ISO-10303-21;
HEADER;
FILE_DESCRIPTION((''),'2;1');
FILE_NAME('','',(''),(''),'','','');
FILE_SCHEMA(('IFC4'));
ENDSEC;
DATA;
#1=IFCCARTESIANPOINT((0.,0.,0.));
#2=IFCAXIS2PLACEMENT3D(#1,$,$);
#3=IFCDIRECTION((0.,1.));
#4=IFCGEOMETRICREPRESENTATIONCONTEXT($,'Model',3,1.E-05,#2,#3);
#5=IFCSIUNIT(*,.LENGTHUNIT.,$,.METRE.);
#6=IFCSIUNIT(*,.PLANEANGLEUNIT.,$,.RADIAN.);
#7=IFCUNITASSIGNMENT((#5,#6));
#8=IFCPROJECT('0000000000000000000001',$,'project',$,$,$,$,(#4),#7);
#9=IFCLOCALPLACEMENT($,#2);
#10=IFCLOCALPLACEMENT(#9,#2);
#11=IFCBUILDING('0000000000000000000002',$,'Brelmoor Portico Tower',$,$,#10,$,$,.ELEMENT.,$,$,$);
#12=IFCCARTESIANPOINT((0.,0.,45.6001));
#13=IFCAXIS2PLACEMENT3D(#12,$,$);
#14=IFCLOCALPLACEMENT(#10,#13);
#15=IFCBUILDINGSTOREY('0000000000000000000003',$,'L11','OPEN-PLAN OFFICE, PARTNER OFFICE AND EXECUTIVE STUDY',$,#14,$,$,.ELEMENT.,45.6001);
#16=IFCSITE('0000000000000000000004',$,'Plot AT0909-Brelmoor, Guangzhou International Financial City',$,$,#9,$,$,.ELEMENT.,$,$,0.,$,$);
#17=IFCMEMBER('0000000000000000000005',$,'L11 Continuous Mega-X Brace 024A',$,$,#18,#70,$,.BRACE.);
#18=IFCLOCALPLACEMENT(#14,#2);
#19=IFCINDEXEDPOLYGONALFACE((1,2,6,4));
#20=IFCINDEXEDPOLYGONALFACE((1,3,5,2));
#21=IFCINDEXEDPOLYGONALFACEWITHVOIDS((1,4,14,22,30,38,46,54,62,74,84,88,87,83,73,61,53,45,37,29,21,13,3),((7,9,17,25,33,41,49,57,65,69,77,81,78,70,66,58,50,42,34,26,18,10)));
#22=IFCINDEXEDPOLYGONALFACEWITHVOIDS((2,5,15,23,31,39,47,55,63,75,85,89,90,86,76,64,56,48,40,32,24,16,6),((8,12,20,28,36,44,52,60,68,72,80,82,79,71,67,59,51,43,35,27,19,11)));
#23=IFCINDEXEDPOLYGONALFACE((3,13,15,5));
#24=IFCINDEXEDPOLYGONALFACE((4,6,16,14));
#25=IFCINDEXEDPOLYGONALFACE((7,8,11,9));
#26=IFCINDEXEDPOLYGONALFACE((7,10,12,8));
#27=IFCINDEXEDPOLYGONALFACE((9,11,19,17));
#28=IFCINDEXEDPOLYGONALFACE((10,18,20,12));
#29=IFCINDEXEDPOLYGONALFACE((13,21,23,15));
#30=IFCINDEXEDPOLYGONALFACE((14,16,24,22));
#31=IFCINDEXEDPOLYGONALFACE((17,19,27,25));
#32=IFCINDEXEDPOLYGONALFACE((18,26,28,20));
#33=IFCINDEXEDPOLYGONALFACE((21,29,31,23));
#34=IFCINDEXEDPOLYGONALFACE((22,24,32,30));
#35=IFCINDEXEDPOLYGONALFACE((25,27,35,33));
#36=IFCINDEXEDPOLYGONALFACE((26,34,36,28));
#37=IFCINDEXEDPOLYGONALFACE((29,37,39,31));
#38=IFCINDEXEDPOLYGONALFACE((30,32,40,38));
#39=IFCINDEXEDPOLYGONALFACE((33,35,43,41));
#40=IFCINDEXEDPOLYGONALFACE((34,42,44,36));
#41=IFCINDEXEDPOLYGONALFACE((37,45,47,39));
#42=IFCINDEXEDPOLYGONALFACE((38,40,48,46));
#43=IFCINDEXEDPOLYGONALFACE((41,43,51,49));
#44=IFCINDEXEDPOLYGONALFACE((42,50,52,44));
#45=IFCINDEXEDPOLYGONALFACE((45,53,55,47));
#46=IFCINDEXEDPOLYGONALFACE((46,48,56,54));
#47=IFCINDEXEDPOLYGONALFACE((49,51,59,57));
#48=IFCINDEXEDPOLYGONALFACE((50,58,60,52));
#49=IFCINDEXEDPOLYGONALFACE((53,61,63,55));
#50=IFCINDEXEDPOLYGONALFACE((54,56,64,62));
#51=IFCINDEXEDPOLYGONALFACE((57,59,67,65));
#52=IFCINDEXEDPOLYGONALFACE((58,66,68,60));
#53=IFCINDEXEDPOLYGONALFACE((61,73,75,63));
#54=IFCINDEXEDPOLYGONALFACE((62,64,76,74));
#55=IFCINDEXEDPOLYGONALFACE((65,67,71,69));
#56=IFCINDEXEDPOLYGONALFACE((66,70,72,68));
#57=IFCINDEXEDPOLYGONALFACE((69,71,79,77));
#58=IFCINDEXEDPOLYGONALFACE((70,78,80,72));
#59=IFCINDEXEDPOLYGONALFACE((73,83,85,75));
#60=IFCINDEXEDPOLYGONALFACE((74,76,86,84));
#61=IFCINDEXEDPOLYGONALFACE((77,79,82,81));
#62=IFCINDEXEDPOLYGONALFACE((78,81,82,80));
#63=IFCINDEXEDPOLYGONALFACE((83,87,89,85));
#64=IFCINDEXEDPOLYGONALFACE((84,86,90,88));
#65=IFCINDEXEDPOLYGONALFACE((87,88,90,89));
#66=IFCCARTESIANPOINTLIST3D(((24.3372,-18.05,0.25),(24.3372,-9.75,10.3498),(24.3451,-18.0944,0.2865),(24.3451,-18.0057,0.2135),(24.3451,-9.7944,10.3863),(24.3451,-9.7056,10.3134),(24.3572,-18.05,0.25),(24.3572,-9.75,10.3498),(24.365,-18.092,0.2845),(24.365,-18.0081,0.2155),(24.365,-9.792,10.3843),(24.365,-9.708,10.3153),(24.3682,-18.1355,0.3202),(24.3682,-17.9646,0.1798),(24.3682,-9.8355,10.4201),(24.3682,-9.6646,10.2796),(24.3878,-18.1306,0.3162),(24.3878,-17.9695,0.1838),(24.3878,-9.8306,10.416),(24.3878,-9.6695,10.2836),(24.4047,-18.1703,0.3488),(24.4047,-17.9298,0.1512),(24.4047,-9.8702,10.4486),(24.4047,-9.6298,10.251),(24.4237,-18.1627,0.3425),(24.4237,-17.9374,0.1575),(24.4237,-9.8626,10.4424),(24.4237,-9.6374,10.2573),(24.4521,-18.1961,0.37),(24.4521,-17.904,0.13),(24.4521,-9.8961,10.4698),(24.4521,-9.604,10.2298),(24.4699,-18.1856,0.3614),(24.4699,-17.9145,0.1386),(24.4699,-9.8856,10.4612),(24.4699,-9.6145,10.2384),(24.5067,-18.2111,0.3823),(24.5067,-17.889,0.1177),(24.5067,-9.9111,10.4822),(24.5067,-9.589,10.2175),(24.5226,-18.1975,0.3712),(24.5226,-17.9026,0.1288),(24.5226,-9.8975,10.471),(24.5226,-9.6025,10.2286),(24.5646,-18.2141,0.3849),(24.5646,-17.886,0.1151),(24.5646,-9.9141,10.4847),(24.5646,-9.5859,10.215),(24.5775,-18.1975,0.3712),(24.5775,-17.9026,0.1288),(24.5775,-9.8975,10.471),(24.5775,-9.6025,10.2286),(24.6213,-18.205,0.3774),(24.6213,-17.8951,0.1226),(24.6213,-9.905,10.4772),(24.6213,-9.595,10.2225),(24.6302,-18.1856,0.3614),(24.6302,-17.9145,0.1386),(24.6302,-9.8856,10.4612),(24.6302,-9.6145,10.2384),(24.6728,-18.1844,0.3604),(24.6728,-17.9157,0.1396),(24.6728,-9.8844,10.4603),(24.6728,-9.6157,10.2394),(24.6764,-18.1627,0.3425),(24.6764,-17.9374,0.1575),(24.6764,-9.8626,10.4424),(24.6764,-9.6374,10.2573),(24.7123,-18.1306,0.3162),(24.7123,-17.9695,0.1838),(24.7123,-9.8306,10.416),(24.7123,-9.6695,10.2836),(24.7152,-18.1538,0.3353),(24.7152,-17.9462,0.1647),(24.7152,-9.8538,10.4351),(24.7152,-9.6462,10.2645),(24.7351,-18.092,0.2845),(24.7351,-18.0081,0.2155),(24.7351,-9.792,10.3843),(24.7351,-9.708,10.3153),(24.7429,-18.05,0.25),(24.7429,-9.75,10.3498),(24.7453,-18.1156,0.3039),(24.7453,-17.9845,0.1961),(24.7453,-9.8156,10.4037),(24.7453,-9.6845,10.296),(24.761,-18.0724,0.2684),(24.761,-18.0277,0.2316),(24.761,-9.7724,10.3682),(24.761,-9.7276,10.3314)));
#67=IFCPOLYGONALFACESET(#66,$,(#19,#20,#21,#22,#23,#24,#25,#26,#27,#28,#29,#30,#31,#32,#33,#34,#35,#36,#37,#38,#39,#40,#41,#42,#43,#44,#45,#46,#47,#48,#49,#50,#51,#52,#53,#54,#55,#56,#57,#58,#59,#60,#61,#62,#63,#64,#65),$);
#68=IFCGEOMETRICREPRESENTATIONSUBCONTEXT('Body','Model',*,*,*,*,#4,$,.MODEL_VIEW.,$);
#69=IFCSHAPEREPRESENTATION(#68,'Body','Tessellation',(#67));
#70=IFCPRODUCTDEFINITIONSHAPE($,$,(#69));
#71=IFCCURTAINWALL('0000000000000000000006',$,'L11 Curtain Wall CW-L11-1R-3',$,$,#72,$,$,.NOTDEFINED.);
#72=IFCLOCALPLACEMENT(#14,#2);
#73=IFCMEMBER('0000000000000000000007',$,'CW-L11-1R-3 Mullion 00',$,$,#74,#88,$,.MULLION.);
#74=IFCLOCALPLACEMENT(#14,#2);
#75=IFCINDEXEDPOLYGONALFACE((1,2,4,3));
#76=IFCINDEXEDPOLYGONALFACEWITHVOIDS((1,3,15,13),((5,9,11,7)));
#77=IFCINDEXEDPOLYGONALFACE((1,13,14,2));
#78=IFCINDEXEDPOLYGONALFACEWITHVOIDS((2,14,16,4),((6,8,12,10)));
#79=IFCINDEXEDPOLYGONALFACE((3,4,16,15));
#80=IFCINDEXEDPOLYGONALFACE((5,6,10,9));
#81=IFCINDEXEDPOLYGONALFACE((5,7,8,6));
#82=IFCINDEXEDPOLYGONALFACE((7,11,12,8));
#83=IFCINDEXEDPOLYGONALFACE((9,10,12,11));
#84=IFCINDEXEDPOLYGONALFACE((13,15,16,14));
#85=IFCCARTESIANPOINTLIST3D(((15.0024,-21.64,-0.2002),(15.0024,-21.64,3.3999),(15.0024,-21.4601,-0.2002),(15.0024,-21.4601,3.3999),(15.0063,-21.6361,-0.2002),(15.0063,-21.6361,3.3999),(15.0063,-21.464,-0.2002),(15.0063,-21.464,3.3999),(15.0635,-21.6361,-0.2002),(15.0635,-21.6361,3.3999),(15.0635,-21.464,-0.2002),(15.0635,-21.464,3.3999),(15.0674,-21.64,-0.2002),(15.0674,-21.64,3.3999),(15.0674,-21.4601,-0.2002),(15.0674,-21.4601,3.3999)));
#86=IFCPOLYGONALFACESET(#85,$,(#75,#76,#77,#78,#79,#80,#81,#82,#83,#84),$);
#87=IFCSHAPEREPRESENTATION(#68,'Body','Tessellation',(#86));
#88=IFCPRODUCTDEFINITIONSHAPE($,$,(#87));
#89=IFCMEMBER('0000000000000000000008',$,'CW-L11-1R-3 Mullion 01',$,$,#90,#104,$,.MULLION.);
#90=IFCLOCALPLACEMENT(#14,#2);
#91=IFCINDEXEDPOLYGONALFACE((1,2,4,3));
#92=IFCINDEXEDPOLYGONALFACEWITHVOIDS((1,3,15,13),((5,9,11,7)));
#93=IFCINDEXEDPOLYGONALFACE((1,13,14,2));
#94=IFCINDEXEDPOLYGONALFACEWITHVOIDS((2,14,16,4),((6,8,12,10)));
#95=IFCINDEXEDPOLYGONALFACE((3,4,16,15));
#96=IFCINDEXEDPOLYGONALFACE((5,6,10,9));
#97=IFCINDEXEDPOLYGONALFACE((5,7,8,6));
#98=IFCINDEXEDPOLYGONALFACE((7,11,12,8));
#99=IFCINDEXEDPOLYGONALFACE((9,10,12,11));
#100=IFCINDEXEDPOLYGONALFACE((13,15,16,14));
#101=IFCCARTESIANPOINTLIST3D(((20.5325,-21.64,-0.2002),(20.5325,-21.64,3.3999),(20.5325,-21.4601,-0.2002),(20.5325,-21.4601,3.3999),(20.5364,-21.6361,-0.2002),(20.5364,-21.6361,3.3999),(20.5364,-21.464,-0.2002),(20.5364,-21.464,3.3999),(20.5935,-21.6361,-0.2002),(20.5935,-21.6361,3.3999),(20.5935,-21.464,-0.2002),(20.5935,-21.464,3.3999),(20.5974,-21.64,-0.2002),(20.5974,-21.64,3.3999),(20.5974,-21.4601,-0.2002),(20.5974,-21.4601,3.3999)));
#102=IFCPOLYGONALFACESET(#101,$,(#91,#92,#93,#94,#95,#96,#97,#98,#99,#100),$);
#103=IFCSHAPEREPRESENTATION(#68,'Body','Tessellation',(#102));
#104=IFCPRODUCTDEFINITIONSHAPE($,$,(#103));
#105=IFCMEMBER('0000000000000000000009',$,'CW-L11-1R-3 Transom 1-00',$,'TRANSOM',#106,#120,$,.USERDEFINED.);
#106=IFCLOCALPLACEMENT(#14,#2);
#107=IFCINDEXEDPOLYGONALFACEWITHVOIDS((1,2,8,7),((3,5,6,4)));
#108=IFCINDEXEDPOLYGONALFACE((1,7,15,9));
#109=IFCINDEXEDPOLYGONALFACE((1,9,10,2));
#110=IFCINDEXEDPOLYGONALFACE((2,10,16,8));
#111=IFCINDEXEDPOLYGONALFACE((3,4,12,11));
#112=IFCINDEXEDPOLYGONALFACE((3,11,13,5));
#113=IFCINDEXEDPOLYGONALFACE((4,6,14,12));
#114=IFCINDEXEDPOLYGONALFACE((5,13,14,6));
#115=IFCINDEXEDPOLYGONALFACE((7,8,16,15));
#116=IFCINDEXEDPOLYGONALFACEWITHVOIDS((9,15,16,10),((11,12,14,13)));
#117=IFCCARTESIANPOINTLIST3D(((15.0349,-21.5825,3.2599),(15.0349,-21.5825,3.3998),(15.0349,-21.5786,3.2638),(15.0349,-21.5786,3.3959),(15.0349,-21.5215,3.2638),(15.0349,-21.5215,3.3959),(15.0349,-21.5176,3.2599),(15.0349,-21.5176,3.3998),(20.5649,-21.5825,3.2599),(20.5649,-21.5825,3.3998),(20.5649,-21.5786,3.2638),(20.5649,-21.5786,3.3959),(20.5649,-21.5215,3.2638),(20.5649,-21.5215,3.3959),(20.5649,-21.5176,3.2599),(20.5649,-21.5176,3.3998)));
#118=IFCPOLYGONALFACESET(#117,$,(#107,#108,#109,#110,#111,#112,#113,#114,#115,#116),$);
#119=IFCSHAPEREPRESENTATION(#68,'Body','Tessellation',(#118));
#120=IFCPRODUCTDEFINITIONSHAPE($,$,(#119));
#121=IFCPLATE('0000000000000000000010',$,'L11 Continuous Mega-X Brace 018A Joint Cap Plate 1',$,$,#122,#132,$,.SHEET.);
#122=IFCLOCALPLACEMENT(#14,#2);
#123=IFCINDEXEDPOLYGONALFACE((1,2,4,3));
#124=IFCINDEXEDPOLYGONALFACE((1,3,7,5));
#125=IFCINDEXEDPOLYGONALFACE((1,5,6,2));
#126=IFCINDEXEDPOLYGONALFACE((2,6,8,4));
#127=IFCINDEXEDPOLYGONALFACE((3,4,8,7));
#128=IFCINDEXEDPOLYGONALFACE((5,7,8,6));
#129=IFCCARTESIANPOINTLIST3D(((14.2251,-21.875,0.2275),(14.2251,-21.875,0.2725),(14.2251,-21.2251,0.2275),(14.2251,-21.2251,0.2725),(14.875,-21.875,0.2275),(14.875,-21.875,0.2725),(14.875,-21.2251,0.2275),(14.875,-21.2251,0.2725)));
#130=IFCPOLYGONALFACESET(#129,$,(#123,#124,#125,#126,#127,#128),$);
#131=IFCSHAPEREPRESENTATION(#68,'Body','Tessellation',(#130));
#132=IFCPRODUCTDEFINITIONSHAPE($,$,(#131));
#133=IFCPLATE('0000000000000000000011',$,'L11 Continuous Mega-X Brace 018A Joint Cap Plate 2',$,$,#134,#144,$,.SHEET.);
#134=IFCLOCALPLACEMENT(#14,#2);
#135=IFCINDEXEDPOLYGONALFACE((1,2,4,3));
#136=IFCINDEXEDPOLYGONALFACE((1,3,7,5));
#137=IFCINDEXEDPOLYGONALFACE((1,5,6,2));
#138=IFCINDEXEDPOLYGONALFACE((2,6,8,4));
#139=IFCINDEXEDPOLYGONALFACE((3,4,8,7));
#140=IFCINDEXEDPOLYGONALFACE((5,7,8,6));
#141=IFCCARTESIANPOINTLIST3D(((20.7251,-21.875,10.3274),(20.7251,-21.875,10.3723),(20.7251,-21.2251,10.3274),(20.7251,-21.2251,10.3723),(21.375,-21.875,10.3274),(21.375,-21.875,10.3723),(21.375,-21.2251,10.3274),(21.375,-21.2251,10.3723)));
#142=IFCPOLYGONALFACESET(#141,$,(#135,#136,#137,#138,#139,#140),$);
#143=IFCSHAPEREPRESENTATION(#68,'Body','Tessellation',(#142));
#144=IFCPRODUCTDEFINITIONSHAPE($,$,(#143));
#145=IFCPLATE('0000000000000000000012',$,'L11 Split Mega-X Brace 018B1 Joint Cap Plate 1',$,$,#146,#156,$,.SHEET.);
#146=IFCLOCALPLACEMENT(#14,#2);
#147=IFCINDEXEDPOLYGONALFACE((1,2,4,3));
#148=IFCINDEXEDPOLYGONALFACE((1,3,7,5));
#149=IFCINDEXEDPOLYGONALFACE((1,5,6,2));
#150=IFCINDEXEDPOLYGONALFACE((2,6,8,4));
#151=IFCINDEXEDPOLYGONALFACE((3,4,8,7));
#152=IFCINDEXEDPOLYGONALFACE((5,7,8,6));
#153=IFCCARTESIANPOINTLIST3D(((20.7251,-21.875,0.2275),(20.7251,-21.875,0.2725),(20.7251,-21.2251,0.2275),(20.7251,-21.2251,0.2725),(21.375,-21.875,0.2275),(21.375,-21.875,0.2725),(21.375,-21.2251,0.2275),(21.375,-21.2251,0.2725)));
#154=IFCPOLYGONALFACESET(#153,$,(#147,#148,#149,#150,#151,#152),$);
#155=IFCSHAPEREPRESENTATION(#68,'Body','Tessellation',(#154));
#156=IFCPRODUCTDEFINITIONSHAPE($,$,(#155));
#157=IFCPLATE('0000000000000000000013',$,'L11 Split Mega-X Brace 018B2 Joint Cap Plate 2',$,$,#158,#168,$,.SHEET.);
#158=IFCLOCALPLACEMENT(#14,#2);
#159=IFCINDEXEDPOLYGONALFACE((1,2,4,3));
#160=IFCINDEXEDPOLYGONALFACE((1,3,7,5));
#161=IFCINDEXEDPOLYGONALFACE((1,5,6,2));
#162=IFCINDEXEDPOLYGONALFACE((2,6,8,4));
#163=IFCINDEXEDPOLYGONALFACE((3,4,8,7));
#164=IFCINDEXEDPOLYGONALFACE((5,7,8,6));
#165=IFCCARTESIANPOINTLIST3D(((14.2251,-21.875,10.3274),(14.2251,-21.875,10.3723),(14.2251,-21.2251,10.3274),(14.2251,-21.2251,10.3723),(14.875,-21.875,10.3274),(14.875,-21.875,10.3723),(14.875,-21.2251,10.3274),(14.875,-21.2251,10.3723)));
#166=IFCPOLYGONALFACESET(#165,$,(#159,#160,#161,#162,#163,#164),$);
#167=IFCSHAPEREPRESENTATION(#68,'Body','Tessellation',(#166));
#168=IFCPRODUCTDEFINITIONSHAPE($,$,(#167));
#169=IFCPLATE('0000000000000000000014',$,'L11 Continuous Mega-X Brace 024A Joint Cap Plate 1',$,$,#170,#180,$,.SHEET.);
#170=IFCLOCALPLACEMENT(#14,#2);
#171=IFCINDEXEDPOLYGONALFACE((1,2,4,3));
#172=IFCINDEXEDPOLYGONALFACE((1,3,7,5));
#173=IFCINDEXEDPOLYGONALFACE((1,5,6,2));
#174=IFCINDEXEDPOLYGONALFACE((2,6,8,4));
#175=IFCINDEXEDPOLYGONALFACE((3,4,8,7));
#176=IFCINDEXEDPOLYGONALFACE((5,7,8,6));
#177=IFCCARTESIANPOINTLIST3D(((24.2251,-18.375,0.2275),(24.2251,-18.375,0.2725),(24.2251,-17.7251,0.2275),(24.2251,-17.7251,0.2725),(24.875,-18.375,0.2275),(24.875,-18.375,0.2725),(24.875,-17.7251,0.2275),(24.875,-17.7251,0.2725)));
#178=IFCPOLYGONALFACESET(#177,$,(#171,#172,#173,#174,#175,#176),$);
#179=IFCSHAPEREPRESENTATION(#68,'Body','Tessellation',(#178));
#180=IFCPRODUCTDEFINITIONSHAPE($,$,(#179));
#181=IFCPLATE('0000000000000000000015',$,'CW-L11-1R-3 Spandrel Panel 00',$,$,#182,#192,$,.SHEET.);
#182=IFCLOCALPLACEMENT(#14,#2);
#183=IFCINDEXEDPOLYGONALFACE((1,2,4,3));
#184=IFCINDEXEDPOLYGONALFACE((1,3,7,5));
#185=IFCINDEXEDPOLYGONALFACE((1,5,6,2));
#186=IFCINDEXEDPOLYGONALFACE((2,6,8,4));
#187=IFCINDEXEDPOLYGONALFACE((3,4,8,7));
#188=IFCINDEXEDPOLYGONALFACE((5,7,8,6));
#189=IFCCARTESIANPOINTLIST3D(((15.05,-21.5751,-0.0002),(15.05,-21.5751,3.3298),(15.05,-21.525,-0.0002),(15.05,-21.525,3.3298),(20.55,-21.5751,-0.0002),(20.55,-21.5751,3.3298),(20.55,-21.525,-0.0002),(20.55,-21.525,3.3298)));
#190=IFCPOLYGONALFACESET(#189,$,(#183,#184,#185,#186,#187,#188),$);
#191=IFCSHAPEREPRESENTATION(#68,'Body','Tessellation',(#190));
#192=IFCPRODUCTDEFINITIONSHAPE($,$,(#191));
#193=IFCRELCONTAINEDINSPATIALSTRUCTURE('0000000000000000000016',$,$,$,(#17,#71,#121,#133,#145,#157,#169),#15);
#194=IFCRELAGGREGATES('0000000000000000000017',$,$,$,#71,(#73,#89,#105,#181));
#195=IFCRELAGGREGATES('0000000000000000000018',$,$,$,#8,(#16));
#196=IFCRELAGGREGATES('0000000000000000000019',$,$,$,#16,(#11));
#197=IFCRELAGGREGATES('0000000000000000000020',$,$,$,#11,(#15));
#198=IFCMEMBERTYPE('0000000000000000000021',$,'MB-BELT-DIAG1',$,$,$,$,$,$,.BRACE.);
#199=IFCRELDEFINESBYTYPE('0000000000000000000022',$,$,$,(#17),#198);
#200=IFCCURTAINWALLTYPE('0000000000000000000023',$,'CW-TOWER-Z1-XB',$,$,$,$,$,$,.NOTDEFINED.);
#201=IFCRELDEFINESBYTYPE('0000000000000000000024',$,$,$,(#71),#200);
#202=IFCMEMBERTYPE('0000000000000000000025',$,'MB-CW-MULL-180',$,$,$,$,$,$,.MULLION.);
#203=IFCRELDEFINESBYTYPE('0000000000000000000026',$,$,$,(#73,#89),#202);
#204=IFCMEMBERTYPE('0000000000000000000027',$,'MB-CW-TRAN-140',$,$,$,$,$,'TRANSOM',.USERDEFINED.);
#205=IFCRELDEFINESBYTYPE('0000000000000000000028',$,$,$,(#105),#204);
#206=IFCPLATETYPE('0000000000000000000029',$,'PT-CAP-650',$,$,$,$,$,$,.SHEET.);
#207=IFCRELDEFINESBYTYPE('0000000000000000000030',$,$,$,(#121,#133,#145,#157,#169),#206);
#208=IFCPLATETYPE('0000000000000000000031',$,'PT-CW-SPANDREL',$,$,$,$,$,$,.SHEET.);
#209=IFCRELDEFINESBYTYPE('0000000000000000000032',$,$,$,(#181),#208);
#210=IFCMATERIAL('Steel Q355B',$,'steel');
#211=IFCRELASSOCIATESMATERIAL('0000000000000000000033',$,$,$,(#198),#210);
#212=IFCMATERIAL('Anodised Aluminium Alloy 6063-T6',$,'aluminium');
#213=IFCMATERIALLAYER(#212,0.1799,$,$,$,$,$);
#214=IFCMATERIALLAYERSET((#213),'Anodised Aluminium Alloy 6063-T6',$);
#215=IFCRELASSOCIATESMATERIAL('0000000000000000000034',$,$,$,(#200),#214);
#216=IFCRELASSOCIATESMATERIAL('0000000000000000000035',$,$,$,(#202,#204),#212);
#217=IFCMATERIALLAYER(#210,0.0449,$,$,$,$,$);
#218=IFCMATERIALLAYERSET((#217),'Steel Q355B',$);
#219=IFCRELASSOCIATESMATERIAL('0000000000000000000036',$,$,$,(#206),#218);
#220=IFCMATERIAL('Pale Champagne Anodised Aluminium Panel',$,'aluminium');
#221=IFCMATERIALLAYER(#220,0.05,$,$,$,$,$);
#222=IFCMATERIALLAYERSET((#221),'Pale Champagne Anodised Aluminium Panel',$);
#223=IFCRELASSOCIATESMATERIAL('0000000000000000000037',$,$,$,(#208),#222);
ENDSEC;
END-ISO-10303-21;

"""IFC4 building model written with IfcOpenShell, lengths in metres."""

from ifc_helpers import new_model, si_unit, direction, frame, origin, origin_2d, place, context, subcontext, project, spatial, rectangle, hollow_rectangle, hollow_circle, extrude, material, layer, layer_set, material_profile, profile_set, type_object, element, aggregate, save


model = new_model("IFC4")

# Units and contexts
model_context = context("Model", 3, precision=1e-05, world=origin(), true_north=direction((0.0, 1.0)))
body_context = subcontext(model_context, "Body", "Model", "MODEL_VIEW")
ifc_project = project(units=[si_unit("LENGTHUNIT", "METRE"), si_unit("PLANEANGLEUNIT", "RADIAN")], contexts=[model_context])

# Site, building, storey
site_placement = place(None, origin())
site = spatial("IfcSite", under=ifc_project, at=site_placement, Name="Plot AT0909-Brelmoor, Guangzhou International Financial City", CompositionType="ELEMENT", RefElevation=0.0)
building_placement = place(site_placement, origin())
building = spatial("IfcBuilding", under=site, at=building_placement, Name="Brelmoor Portico Tower", CompositionType="ELEMENT")
storey_placement = place(building_placement, frame((0.0, 0.0, 45.6001)))
storey = spatial("IfcBuildingStorey", under=building, at=storey_placement, Name="L11", Description="OPEN-PLAN OFFICE, PARTNER OFFICE AND EXECUTIVE STUDY", CompositionType="ELEMENT", Elevation=45.6001)

# Shared definitions
ifc_material_1 = material(Name="Steel Q355B", Category="steel")

# Member
ifc_material_profile_1 = material_profile(ifc_material_1, hollow_circle(Radius=0.2129, WallThickness=0.02, at=origin_2d()), Name="CHS 426x20")
ifc_profile_set_1 = profile_set([ifc_material_profile_1], Name="Steel Q355B")
member_type_1 = type_object("IfcMemberType", Name="MB-BELT-DIAG1", PredefinedType="BRACE", material=ifc_profile_set_1)
member_1_placement = place(storey_placement, frame((24.55, -18.05, 0.25), z_axis=(0.0, 0.63491, 0.772586), x_axis=(-1.0, 0.0, 0.0)))
element("IfcMember", 1, at=member_1_placement, inside=storey, type_object=member_type_1, Name="L11 Continuous Mega-X Brace 024A", PredefinedType="BRACE", context=body_context, shape_type="SweptSolid", body=[
    extrude(hollow_circle(Radius=0.2129, WallThickness=0.02, at=origin_2d()), origin(), (0.0, 0.0, 1.0), 13.0728),
])

# Curtain wall, members
ifc_material_2 = material(Name="Anodised Aluminium Alloy 6063-T6", Category="aluminium")
ifc_layer_1 = layer(ifc_material_2, 0.1799)
ifc_layer_set_1 = layer_set([ifc_layer_1], Name="Anodised Aluminium Alloy 6063-T6")
curtain_wall_type = type_object("IfcCurtainWallType", Name="CW-TOWER-Z1-XB", PredefinedType="NOTDEFINED", material=ifc_layer_set_1)
curtain_wall_placement = place(storey_placement, origin())
curtain_wall = element("IfcCurtainWall", 2, at=curtain_wall_placement, inside=storey, type_object=curtain_wall_type, Name="L11 Curtain Wall CW-L11-1R-3", PredefinedType="NOTDEFINED")
ifc_material_profile_2 = material_profile(ifc_material_2, hollow_rectangle(XDim=0.0649, YDim=0.1799, WallThickness=0.0039, at=origin_2d()), Name="ALU MULLION 65x180")
ifc_profile_set_2 = profile_set([ifc_material_profile_2], Name="Anodised Aluminium Alloy 6063-T6")
member_type_2 = type_object("IfcMemberType", Name="MB-CW-MULL-180", PredefinedType="MULLION", material=ifc_profile_set_2)
member_2_placement = place(storey_placement, frame((15.0349, -21.55, -0.2002), z_axis=(0.0, 0.0, 1.0), x_axis=(1.0, 0.0, 0.0)))
member_2 = element("IfcMember", 3, at=member_2_placement, type_object=member_type_2, Name="CW-L11-1R-3 Mullion 00", PredefinedType="MULLION", context=body_context, shape_type="SweptSolid", body=[
    extrude(hollow_rectangle(XDim=0.0649, YDim=0.1799, WallThickness=0.0039, at=origin_2d()), origin(), (0.0, 0.0, 1.0), 3.6001),
])
member_3_placement = place(storey_placement, frame((20.5649, -21.55, -0.2002), z_axis=(0.0, 0.0, 1.0), x_axis=(1.0, 0.0, 0.0)))
member_3 = element("IfcMember", 4, at=member_3_placement, type_object=member_type_2, Name="CW-L11-1R-3 Mullion 01", PredefinedType="MULLION", context=body_context, shape_type="SweptSolid", body=[
    extrude(hollow_rectangle(XDim=0.0649, YDim=0.1799, WallThickness=0.0039, at=origin_2d()), origin(), (0.0, 0.0, 1.0), 3.6001),
])
ifc_material_profile_3 = material_profile(ifc_material_2, hollow_rectangle(XDim=0.0649, YDim=0.1399, WallThickness=0.0039, at=origin_2d()), Name="ALU TRANSOM 65x140")
ifc_profile_set_3 = profile_set([ifc_material_profile_3], Name="Anodised Aluminium Alloy 6063-T6")
member_type_3 = type_object("IfcMemberType", Name="MB-CW-TRAN-140", ElementType="TRANSOM", PredefinedType="USERDEFINED", material=ifc_profile_set_3)
member_4_placement = place(storey_placement, frame((15.0349, -21.55, 3.3298), z_axis=(1.0, 0.0, 0.0), x_axis=(0.0, 1.0, 0.0)))
member_4 = element("IfcMember", 5, at=member_4_placement, type_object=member_type_3, Name="CW-L11-1R-3 Transom 1-00", ObjectType="TRANSOM", PredefinedType="USERDEFINED", context=body_context, shape_type="SweptSolid", body=[
    extrude(hollow_rectangle(XDim=0.0649, YDim=0.1399, WallThickness=0.0039, at=origin_2d()), origin(), (0.0, 0.0, 1.0), 5.53),
])

# Plates
ifc_layer_2 = layer(ifc_material_1, 0.0449)
ifc_layer_set_2 = layer_set([ifc_layer_2], Name="Steel Q355B")
plate_type_1 = type_object("IfcPlateType", Name="PT-CAP-650", PredefinedType="SHEET", material=ifc_layer_set_2)
for number, where, z_axis, x_axis, name in (
    (6, (14.55, -21.55, 0.2275), (0.0, 0.0, 1.0), (1.0, 0.0, 0.0), "L11 Continuous Mega-X Brace 018A Joint Cap Plate 1"),
    (7, (21.05, -21.55, 10.3274), (0.0, 0.0, 1.0), (1.0, 0.0, 0.0), "L11 Continuous Mega-X Brace 018A Joint Cap Plate 2"),
    (8, (21.05, -21.55, 0.2275), (0.0, 0.0, 1.0), (1.0, 0.0, 0.0), "L11 Split Mega-X Brace 018B1 Joint Cap Plate 1"),
    (9, (14.55, -21.55, 10.3274), (0.0, 0.0, 1.0), (1.0, 0.0, 0.0), "L11 Split Mega-X Brace 018B2 Joint Cap Plate 2"),
    (10, (24.55, -18.05, 0.2275), (0.0, 0.0, 1.0), (1.0, 0.0, 0.0), "L11 Continuous Mega-X Brace 024A Joint Cap Plate 1"),
):
    element("IfcPlate", number, at=place(storey_placement, frame(where, z_axis=z_axis, x_axis=x_axis)), inside=storey, type_object=plate_type_1, Name=name, PredefinedType="SHEET", context=body_context, shape_type="SweptSolid", body=[
        extrude(rectangle(XDim=0.6499, YDim=0.6499, at=origin_2d()), origin(), (0.0, 0.0, 1.0), 0.0449),
    ])

# Plate
ifc_material_3 = material(Name="Pale Champagne Anodised Aluminium Panel", Category="aluminium")
ifc_layer_3 = layer(ifc_material_3, 0.05)
ifc_layer_set_3 = layer_set([ifc_layer_3], Name="Pale Champagne Anodised Aluminium Panel")
plate_type_2 = type_object("IfcPlateType", Name="PT-CW-SPANDREL", PredefinedType="SHEET", material=ifc_layer_set_3)
plate_1_placement = place(storey_placement, frame((17.8, -21.55, -0.0002), z_axis=(0.0, 0.0, 1.0), x_axis=(1.0, 0.0, 0.0)))
plate_1 = element("IfcPlate", 11, at=plate_1_placement, type_object=plate_type_2, Name="CW-L11-1R-3 Spandrel Panel 00", PredefinedType="SHEET", context=body_context, shape_type="SweptSolid", body=[
    extrude(rectangle(XDim=5.5, YDim=0.05, at=origin_2d()), origin(), (0.0, 0.0, 1.0), 3.3301),
])
aggregate(curtain_wall, [member_2, member_3, member_4, plate_1])

save(model, "model.ifc")
